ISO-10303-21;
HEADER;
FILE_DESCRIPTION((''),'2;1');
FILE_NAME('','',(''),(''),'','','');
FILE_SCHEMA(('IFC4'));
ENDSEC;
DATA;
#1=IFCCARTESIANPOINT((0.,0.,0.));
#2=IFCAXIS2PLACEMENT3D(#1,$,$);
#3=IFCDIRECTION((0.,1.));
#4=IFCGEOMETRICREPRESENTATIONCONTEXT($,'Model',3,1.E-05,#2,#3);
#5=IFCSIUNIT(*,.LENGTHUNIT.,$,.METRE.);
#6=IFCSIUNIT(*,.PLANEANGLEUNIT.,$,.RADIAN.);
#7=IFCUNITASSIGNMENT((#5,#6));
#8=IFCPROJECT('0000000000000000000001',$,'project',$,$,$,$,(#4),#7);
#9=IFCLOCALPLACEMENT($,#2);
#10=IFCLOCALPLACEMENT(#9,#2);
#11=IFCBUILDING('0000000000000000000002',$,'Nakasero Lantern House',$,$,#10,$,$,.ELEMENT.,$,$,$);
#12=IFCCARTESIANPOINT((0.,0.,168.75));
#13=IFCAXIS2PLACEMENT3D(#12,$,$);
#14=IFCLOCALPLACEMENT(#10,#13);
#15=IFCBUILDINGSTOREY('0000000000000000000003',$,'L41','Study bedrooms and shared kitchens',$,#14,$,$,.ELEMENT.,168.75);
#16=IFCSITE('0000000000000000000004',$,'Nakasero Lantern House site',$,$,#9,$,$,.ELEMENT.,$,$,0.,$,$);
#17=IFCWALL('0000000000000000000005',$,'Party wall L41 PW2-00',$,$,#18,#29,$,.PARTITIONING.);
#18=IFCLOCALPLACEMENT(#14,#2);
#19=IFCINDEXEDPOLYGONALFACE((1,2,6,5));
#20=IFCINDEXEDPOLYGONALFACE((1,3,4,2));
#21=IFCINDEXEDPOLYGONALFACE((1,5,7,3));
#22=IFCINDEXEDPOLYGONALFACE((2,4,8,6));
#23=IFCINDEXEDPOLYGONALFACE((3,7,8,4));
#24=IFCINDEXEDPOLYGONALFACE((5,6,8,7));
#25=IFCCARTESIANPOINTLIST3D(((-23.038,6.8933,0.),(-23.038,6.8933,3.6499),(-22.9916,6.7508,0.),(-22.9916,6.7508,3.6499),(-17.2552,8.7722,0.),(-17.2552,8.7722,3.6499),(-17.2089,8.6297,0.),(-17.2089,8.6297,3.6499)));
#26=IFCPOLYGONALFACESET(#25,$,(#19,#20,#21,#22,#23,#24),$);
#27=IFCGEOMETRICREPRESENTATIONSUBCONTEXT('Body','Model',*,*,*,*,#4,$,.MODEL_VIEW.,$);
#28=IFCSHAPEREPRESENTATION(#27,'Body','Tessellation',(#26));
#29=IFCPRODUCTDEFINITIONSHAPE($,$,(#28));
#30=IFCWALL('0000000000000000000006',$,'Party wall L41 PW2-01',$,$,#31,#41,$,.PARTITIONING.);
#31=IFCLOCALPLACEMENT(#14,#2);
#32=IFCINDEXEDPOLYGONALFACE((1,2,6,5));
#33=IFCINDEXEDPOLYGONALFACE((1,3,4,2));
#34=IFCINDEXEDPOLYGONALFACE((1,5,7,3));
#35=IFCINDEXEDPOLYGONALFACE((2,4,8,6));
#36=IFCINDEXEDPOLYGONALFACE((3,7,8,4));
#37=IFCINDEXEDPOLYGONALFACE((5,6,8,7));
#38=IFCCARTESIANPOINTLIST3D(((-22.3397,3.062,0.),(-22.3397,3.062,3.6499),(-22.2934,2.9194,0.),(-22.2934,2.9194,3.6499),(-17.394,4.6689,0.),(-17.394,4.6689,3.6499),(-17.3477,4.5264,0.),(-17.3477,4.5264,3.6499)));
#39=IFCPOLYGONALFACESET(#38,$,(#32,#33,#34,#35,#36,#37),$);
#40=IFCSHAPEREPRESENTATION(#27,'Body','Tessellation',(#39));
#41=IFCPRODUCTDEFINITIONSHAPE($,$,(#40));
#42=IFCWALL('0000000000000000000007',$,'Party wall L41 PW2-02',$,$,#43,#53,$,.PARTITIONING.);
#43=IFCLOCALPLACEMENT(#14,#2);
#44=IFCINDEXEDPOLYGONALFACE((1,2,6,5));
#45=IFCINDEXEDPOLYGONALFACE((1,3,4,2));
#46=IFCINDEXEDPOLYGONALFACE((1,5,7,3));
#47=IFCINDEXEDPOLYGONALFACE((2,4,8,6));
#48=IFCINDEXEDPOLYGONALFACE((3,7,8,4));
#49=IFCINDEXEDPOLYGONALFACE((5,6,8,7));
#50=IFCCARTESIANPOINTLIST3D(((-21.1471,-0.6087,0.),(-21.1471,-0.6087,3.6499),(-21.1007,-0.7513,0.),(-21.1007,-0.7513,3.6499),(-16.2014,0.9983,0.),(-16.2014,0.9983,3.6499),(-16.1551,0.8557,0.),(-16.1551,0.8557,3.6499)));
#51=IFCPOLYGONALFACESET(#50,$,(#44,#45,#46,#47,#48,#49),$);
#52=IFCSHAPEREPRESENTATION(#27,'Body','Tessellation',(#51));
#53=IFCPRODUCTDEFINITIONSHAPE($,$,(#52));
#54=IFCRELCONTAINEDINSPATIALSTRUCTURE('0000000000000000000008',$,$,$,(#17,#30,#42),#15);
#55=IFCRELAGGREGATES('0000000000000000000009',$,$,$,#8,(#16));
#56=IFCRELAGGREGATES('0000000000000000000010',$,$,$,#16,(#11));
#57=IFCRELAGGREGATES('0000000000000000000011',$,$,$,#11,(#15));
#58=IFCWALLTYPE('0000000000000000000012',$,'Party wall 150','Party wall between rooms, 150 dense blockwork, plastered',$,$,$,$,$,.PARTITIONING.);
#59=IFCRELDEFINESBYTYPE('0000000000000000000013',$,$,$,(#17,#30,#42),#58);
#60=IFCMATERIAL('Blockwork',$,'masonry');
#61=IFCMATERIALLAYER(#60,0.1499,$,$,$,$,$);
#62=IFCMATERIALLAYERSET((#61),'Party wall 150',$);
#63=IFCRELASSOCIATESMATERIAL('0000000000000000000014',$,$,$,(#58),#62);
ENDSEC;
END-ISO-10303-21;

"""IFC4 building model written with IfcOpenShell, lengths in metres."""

from ifc_helpers import new_model, si_unit, direction, frame, frame_2d, origin, place, context, subcontext, project, spatial, rectangle, extrude, material, layer, layer_set, type_object, element, save


model = new_model("IFC4")

# Units and contexts
model_context = context("Model", 3, precision=1e-05, world=origin(), true_north=direction((0.0, 1.0)))
body_context = subcontext(model_context, "Body", "Model", "MODEL_VIEW")
ifc_project = project(units=[si_unit("LENGTHUNIT", "METRE"), si_unit("PLANEANGLEUNIT", "RADIAN")], contexts=[model_context])

# Site, building, storey
site_placement = place(None, origin())
site = spatial("IfcSite", under=ifc_project, at=site_placement, Name="Nakasero Lantern House site", CompositionType="ELEMENT", RefElevation=0.0)
building_placement = place(site_placement, origin())
building = spatial("IfcBuilding", under=site, at=building_placement, Name="Nakasero Lantern House", CompositionType="ELEMENT")
storey_placement = place(building_placement, frame((0.0, 0.0, 168.75)))
storey = spatial("IfcBuildingStorey", under=building, at=storey_placement, Name="L41", Description="Study bedrooms and shared kitchens", CompositionType="ELEMENT", Elevation=168.75)

# Shared definitions
ifc_material_1 = material(Name="Blockwork", Category="masonry")
ifc_layer_1 = layer(ifc_material_1, 0.1499)
ifc_layer_set_1 = layer_set([ifc_layer_1], Name="Party wall 150")
wall_type_1 = type_object("IfcWallType", Name="Party wall 150", Description="Party wall between rooms, 150 dense blockwork, plastered", PredefinedType="PARTITIONING", material=ifc_layer_set_1)

# Walls
wall_1_placement = place(storey_placement, frame((-17.2322, 8.7009, 0.0), z_axis=(0.0, 0.0, 1.0), x_axis=(-0.951057, -0.309015, 0.0)))
element("IfcWall", 1, at=wall_1_placement, inside=storey, type_object=wall_type_1, Name="Party wall L41 PW2-00", PredefinedType="PARTITIONING", context=body_context, shape_type="SweptSolid", body=[
    extrude(rectangle(XDim=6.0803, YDim=0.1499, at=frame_2d((3.04, 0.0))), origin(), (0.0, 0.0, 1.0), 3.6499),
])
for number, where, z_axis, x_axis, name in (
    (2, (-17.3708, 4.5977, 0.0), (0.0, 0.0, 1.0), (-0.951055, -0.309021, 0.0), "Party wall L41 PW2-01"),
    (3, (-16.1782, 0.927, 0.0), (0.0, 0.0, 1.0), (-0.951055, -0.309021, 0.0), "Party wall L41 PW2-02"),
):
    element("IfcWall", number, at=place(storey_placement, frame(where, z_axis=z_axis, x_axis=x_axis)), inside=storey, type_object=wall_type_1, Name=name, PredefinedType="PARTITIONING", context=body_context, shape_type="SweptSolid", body=[
        extrude(rectangle(XDim=5.2002, YDim=0.1499, at=frame_2d((2.6001, 0.0))), origin(), (0.0, 0.0, 1.0), 3.6499),
    ])

save(model, "model.ifc")
